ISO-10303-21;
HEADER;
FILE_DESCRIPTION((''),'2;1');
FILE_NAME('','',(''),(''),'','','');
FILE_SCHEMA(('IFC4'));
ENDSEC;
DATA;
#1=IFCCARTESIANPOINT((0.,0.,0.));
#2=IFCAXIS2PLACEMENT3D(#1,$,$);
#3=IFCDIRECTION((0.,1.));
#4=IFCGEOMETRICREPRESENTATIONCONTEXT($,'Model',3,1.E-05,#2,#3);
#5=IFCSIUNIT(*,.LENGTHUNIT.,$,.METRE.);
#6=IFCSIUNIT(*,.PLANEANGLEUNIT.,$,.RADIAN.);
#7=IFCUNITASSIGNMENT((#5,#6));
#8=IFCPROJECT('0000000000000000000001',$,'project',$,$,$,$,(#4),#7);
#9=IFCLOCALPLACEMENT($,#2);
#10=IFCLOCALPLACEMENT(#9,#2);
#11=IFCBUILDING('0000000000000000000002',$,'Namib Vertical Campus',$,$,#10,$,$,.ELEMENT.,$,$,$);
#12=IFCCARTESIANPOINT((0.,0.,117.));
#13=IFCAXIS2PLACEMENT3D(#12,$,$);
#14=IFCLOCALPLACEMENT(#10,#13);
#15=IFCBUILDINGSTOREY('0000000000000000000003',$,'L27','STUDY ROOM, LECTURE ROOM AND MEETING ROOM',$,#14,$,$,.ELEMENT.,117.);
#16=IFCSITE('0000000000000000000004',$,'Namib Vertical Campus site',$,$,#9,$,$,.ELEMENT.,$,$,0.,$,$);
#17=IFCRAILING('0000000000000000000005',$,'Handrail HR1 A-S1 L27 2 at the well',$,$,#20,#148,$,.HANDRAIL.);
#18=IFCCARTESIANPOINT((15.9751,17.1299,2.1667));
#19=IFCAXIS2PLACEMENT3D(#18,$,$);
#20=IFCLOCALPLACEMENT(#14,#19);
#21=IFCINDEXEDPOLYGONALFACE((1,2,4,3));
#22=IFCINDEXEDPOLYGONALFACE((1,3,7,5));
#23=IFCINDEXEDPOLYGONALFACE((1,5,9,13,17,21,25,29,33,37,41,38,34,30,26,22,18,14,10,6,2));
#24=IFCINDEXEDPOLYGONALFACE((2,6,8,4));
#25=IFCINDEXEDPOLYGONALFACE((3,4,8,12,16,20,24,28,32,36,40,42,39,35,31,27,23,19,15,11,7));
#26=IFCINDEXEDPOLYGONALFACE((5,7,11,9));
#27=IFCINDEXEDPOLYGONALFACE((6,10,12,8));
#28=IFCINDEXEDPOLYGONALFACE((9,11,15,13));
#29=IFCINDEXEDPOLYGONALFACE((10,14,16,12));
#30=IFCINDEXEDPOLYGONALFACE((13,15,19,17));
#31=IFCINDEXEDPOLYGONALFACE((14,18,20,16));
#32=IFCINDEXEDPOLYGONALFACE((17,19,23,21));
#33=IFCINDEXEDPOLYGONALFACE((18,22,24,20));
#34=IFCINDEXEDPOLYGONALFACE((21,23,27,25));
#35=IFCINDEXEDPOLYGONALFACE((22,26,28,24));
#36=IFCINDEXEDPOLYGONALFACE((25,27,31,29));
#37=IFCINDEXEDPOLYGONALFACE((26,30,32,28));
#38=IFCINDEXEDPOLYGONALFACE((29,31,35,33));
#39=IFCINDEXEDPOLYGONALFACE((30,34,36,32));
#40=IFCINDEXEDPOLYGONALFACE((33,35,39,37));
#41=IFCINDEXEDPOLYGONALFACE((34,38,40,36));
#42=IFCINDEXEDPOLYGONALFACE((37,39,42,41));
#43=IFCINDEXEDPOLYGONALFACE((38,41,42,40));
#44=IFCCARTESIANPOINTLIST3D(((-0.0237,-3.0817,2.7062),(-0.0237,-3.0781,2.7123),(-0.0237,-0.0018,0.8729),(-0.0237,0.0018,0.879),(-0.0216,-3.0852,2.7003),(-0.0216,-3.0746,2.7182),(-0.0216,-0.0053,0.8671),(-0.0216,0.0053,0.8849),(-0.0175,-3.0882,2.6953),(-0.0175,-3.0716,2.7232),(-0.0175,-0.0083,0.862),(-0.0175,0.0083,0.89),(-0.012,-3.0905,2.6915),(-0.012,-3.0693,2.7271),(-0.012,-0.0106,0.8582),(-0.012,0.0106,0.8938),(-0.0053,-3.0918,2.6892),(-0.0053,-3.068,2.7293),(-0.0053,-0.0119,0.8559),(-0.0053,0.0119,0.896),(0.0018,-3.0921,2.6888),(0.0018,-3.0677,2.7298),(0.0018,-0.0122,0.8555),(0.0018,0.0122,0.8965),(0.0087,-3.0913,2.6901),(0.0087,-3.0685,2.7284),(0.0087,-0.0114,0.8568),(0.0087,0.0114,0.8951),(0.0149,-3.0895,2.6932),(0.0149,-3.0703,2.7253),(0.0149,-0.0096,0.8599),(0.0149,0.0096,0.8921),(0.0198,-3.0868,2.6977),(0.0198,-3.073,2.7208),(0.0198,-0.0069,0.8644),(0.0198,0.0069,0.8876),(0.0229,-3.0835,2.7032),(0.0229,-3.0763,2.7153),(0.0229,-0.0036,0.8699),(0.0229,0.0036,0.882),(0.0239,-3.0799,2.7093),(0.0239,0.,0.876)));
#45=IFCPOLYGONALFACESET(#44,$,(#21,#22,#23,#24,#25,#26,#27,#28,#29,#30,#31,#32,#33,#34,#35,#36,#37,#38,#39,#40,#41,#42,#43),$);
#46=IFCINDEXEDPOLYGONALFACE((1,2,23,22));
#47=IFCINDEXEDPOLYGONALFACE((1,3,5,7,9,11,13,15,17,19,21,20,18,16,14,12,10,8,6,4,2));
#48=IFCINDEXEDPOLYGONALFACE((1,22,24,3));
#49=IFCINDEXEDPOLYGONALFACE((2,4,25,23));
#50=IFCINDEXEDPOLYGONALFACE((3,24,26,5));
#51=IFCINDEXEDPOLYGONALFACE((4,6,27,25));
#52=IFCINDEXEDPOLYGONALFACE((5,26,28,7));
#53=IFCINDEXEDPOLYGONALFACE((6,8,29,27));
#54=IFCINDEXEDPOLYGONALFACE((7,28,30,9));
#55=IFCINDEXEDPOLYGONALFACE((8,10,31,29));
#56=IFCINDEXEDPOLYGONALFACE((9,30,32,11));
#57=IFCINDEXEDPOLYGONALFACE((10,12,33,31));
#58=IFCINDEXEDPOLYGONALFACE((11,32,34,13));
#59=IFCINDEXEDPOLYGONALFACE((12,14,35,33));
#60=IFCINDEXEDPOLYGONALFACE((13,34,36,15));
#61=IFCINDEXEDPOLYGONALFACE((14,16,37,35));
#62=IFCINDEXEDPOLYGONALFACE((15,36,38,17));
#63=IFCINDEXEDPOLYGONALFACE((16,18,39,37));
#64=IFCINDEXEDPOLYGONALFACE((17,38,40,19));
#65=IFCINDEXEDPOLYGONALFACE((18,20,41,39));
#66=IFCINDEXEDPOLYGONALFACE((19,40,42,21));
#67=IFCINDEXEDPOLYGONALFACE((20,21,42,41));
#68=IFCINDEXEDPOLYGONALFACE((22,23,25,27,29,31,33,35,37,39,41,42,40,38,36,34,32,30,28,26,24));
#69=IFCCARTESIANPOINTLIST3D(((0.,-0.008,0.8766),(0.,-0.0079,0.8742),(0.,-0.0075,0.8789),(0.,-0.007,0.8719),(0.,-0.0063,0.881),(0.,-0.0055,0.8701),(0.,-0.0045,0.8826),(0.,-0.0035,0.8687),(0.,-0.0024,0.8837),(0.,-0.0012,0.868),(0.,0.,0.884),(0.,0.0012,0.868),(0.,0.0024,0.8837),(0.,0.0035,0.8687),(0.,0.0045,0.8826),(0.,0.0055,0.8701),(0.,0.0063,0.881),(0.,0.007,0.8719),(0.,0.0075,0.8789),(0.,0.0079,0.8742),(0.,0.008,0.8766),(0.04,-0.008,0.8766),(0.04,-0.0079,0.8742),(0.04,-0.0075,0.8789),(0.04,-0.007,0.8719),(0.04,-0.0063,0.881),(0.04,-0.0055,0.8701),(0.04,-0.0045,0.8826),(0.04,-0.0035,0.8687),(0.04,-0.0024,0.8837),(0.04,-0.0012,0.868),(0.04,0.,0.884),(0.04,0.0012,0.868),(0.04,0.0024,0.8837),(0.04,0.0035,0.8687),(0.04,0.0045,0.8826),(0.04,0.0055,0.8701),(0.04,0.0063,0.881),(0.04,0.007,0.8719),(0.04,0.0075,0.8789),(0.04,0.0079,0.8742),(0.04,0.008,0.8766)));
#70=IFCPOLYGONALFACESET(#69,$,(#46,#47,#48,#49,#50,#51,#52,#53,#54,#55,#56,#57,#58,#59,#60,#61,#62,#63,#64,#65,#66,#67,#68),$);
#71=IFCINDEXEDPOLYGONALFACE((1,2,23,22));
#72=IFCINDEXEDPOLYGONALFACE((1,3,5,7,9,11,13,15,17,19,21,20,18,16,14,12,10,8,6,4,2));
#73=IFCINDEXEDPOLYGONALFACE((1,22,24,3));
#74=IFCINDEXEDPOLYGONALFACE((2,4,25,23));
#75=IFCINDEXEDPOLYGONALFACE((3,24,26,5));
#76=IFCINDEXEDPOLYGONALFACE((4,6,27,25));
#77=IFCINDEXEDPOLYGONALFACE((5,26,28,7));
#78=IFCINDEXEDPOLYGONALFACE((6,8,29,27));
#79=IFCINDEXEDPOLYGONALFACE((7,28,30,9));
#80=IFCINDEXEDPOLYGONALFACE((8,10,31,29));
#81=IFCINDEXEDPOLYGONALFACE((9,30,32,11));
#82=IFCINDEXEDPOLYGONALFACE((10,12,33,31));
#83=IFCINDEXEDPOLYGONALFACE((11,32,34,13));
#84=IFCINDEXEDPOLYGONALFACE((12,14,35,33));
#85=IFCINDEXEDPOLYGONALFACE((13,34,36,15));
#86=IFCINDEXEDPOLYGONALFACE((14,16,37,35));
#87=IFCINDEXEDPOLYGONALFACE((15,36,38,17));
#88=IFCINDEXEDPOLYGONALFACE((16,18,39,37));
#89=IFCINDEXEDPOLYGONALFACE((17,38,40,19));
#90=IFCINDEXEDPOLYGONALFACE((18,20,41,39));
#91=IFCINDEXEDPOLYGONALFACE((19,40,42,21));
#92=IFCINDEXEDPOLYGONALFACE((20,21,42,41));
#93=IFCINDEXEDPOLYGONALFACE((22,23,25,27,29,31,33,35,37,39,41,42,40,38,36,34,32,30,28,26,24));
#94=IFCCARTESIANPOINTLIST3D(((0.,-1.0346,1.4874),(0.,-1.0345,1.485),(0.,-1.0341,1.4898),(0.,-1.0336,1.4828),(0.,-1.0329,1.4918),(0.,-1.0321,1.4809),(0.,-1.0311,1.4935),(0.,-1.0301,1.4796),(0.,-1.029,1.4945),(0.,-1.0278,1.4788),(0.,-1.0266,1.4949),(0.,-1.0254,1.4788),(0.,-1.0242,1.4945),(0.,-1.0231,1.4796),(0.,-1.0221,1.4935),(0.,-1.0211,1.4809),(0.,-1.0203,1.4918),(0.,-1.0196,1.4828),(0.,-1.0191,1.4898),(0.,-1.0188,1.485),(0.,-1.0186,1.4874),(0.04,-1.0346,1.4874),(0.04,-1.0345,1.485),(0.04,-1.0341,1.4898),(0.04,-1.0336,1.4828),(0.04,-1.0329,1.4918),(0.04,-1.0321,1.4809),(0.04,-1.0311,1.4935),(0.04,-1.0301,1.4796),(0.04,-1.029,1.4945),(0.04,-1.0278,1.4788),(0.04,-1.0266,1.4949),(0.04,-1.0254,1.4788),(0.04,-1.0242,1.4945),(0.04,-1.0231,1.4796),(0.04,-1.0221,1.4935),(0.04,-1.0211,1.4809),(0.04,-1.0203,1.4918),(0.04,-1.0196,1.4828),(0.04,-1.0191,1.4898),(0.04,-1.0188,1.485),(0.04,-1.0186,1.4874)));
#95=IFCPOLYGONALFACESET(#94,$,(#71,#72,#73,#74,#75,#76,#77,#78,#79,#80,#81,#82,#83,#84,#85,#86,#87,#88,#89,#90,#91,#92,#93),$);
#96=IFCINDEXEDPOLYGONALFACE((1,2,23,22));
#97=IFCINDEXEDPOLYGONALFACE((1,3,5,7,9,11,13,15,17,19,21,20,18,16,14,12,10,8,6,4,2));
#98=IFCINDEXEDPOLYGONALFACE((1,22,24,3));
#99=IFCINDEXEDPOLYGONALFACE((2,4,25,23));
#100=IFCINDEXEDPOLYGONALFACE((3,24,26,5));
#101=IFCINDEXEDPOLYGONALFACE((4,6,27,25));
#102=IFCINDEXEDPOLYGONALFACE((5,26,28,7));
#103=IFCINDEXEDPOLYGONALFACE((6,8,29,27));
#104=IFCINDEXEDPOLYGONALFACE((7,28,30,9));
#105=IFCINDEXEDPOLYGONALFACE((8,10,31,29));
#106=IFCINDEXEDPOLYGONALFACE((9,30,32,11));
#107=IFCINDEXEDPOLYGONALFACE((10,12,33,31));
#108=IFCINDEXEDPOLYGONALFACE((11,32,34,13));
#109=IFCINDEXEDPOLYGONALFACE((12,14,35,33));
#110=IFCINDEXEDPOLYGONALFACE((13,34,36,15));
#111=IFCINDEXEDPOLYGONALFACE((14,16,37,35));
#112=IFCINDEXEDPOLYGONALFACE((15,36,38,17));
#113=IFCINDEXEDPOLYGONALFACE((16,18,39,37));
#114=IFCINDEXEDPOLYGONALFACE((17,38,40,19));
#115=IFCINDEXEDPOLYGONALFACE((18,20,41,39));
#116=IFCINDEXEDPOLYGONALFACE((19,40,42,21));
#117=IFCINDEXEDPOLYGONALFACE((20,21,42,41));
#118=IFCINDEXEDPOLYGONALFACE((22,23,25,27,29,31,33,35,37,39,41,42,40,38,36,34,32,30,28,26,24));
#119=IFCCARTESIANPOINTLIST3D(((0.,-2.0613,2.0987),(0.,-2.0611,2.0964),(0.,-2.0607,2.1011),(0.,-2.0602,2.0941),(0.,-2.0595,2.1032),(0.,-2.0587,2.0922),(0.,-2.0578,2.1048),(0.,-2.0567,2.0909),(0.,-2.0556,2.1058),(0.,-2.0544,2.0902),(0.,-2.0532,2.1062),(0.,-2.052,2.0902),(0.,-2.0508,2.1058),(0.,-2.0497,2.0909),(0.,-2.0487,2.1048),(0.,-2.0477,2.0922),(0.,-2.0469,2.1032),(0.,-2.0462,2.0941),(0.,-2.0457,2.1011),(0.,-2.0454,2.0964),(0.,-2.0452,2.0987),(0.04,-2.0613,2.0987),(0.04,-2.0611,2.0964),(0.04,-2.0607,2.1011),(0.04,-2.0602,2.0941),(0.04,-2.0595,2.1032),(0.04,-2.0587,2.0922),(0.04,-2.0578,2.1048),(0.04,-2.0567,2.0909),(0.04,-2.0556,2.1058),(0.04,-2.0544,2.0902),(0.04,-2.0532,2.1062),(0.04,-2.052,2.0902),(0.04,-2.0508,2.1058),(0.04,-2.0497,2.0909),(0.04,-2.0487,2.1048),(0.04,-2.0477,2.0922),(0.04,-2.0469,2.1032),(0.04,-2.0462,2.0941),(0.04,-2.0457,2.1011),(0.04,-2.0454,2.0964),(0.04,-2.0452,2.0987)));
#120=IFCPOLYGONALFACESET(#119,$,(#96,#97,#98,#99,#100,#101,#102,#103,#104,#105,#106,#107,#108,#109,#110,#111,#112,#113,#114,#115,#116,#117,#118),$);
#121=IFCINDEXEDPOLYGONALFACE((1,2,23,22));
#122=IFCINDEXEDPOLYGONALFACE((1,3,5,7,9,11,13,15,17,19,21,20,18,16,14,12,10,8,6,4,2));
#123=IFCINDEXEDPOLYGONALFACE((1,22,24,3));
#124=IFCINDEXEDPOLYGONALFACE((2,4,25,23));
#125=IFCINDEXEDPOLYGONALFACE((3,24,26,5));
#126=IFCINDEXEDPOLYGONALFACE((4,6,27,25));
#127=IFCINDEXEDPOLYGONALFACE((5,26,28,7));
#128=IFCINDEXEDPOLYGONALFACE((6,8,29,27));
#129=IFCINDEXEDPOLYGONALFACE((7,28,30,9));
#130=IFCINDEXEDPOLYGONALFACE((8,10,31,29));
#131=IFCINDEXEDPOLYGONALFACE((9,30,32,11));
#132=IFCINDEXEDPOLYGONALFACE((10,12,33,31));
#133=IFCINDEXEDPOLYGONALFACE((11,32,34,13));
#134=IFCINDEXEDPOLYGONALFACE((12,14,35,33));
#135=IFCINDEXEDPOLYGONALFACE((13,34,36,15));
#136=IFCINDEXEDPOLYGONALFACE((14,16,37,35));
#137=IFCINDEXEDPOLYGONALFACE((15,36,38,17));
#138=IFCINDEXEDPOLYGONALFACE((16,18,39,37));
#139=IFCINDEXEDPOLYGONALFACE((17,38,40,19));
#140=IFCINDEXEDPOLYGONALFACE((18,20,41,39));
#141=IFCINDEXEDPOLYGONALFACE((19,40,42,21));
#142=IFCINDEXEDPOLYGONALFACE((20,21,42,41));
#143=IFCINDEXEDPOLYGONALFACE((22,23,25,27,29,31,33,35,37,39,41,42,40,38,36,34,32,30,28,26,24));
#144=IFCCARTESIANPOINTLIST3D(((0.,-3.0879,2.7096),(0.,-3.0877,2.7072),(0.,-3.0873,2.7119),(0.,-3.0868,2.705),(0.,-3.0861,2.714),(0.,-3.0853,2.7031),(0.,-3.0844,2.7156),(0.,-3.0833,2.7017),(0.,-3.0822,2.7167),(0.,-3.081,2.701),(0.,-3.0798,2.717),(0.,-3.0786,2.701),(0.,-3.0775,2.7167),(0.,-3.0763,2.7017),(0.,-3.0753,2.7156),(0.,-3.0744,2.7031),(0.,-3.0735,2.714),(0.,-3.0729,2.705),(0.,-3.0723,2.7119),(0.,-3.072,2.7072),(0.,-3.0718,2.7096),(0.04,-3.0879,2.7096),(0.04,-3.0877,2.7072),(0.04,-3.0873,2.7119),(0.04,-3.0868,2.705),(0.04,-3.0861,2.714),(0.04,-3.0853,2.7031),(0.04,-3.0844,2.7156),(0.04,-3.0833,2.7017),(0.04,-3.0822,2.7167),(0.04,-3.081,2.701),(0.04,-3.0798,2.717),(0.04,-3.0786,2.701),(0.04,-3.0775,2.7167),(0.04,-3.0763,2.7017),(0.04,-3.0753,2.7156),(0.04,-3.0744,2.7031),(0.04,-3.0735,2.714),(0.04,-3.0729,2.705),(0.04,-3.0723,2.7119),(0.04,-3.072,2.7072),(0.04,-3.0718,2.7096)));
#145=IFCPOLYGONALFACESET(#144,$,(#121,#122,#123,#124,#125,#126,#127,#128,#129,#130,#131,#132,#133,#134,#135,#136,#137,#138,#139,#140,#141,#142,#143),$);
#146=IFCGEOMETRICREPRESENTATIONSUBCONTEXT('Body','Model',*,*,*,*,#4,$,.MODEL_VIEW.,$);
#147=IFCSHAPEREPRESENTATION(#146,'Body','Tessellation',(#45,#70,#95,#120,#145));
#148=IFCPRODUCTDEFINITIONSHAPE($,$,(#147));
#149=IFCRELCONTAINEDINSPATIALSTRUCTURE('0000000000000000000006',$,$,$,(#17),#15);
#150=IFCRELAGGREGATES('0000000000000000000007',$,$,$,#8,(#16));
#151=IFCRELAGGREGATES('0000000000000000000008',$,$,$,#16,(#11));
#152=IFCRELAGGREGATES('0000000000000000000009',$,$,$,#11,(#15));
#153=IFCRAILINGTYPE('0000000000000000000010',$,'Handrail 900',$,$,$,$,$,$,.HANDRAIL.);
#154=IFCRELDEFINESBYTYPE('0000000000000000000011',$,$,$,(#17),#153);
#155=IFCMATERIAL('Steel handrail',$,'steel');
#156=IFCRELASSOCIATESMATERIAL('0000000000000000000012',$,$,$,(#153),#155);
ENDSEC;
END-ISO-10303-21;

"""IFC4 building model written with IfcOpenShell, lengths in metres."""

from ifc_helpers import new_model, si_unit, direction, frame, origin, origin_2d, place, context, subcontext, project, spatial, circle, extrude, material, type_object, element, save


model = new_model("IFC4")

# Units and contexts
model_context = context("Model", 3, precision=1e-05, world=origin(), true_north=direction((0.0, 1.0)))
body_context = subcontext(model_context, "Body", "Model", "MODEL_VIEW")
ifc_project = project(units=[si_unit("LENGTHUNIT", "METRE"), si_unit("PLANEANGLEUNIT", "RADIAN")], contexts=[model_context])

# Site, building, storey
site_placement = place(None, origin())
site = spatial("IfcSite", under=ifc_project, at=site_placement, Name="Namib Vertical Campus site", CompositionType="ELEMENT", RefElevation=0.0)
building_placement = place(site_placement, origin())
building = spatial("IfcBuilding", under=site, at=building_placement, Name="Namib Vertical Campus", CompositionType="ELEMENT")
storey_placement = place(building_placement, frame((0.0, 0.0, 117.0)))
storey = spatial("IfcBuildingStorey", under=building, at=storey_placement, Name="L27", Description="STUDY ROOM, LECTURE ROOM AND MEETING ROOM", CompositionType="ELEMENT", Elevation=117.0)

# Railing
ifc_material_1 = material(Name="Steel handrail", Category="steel")
railing_type = type_object("IfcRailingType", Name="Handrail 900", PredefinedType="HANDRAIL", material=ifc_material_1)
railing_placement = place(storey_placement, frame((15.9751, 17.1299, 2.1667)))
element("IfcRailing", 1, at=railing_placement, inside=storey, type_object=railing_type, Name="Handrail HR1 A-S1 L27 2 at the well", PredefinedType="HANDRAIL", context=body_context, shape_type="SweptSolid", body=[
    extrude(circle(Radius=0.0239, at=origin_2d()), frame((0.0, 0.0, 0.876), z_axis=(0.0, -0.859291, 0.511487), x_axis=(1.0, 0.0, 0.0)), (0.0, 0.0, 1.0), 3.5842),
    extrude(circle(Radius=0.0081, at=origin_2d()), frame((0.0, 0.0, 0.876), z_axis=(1.0, 0.0, 0.0), x_axis=(0.0, 0.0, 1.0)), (0.0, 0.0, 1.0), 0.04),
    extrude(circle(Radius=0.0081, at=origin_2d()), frame((0.0, -1.0266, 1.4868), z_axis=(1.0, 0.0, 0.0), x_axis=(0.0, 0.0, 1.0)), (0.0, 0.0, 1.0), 0.04),
    extrude(circle(Radius=0.0081, at=origin_2d()), frame((0.0, -2.0532, 2.0981), z_axis=(1.0, 0.0, 0.0), x_axis=(0.0, 0.0, 1.0)), (0.0, 0.0, 1.0), 0.04),
    extrude(circle(Radius=0.0081, at=origin_2d()), frame((0.0, -3.0798, 2.709), z_axis=(1.0, 0.0, 0.0), x_axis=(0.0, 0.0, 1.0)), (0.0, 0.0, 1.0), 0.04),
])

save(model, "model.ifc")
